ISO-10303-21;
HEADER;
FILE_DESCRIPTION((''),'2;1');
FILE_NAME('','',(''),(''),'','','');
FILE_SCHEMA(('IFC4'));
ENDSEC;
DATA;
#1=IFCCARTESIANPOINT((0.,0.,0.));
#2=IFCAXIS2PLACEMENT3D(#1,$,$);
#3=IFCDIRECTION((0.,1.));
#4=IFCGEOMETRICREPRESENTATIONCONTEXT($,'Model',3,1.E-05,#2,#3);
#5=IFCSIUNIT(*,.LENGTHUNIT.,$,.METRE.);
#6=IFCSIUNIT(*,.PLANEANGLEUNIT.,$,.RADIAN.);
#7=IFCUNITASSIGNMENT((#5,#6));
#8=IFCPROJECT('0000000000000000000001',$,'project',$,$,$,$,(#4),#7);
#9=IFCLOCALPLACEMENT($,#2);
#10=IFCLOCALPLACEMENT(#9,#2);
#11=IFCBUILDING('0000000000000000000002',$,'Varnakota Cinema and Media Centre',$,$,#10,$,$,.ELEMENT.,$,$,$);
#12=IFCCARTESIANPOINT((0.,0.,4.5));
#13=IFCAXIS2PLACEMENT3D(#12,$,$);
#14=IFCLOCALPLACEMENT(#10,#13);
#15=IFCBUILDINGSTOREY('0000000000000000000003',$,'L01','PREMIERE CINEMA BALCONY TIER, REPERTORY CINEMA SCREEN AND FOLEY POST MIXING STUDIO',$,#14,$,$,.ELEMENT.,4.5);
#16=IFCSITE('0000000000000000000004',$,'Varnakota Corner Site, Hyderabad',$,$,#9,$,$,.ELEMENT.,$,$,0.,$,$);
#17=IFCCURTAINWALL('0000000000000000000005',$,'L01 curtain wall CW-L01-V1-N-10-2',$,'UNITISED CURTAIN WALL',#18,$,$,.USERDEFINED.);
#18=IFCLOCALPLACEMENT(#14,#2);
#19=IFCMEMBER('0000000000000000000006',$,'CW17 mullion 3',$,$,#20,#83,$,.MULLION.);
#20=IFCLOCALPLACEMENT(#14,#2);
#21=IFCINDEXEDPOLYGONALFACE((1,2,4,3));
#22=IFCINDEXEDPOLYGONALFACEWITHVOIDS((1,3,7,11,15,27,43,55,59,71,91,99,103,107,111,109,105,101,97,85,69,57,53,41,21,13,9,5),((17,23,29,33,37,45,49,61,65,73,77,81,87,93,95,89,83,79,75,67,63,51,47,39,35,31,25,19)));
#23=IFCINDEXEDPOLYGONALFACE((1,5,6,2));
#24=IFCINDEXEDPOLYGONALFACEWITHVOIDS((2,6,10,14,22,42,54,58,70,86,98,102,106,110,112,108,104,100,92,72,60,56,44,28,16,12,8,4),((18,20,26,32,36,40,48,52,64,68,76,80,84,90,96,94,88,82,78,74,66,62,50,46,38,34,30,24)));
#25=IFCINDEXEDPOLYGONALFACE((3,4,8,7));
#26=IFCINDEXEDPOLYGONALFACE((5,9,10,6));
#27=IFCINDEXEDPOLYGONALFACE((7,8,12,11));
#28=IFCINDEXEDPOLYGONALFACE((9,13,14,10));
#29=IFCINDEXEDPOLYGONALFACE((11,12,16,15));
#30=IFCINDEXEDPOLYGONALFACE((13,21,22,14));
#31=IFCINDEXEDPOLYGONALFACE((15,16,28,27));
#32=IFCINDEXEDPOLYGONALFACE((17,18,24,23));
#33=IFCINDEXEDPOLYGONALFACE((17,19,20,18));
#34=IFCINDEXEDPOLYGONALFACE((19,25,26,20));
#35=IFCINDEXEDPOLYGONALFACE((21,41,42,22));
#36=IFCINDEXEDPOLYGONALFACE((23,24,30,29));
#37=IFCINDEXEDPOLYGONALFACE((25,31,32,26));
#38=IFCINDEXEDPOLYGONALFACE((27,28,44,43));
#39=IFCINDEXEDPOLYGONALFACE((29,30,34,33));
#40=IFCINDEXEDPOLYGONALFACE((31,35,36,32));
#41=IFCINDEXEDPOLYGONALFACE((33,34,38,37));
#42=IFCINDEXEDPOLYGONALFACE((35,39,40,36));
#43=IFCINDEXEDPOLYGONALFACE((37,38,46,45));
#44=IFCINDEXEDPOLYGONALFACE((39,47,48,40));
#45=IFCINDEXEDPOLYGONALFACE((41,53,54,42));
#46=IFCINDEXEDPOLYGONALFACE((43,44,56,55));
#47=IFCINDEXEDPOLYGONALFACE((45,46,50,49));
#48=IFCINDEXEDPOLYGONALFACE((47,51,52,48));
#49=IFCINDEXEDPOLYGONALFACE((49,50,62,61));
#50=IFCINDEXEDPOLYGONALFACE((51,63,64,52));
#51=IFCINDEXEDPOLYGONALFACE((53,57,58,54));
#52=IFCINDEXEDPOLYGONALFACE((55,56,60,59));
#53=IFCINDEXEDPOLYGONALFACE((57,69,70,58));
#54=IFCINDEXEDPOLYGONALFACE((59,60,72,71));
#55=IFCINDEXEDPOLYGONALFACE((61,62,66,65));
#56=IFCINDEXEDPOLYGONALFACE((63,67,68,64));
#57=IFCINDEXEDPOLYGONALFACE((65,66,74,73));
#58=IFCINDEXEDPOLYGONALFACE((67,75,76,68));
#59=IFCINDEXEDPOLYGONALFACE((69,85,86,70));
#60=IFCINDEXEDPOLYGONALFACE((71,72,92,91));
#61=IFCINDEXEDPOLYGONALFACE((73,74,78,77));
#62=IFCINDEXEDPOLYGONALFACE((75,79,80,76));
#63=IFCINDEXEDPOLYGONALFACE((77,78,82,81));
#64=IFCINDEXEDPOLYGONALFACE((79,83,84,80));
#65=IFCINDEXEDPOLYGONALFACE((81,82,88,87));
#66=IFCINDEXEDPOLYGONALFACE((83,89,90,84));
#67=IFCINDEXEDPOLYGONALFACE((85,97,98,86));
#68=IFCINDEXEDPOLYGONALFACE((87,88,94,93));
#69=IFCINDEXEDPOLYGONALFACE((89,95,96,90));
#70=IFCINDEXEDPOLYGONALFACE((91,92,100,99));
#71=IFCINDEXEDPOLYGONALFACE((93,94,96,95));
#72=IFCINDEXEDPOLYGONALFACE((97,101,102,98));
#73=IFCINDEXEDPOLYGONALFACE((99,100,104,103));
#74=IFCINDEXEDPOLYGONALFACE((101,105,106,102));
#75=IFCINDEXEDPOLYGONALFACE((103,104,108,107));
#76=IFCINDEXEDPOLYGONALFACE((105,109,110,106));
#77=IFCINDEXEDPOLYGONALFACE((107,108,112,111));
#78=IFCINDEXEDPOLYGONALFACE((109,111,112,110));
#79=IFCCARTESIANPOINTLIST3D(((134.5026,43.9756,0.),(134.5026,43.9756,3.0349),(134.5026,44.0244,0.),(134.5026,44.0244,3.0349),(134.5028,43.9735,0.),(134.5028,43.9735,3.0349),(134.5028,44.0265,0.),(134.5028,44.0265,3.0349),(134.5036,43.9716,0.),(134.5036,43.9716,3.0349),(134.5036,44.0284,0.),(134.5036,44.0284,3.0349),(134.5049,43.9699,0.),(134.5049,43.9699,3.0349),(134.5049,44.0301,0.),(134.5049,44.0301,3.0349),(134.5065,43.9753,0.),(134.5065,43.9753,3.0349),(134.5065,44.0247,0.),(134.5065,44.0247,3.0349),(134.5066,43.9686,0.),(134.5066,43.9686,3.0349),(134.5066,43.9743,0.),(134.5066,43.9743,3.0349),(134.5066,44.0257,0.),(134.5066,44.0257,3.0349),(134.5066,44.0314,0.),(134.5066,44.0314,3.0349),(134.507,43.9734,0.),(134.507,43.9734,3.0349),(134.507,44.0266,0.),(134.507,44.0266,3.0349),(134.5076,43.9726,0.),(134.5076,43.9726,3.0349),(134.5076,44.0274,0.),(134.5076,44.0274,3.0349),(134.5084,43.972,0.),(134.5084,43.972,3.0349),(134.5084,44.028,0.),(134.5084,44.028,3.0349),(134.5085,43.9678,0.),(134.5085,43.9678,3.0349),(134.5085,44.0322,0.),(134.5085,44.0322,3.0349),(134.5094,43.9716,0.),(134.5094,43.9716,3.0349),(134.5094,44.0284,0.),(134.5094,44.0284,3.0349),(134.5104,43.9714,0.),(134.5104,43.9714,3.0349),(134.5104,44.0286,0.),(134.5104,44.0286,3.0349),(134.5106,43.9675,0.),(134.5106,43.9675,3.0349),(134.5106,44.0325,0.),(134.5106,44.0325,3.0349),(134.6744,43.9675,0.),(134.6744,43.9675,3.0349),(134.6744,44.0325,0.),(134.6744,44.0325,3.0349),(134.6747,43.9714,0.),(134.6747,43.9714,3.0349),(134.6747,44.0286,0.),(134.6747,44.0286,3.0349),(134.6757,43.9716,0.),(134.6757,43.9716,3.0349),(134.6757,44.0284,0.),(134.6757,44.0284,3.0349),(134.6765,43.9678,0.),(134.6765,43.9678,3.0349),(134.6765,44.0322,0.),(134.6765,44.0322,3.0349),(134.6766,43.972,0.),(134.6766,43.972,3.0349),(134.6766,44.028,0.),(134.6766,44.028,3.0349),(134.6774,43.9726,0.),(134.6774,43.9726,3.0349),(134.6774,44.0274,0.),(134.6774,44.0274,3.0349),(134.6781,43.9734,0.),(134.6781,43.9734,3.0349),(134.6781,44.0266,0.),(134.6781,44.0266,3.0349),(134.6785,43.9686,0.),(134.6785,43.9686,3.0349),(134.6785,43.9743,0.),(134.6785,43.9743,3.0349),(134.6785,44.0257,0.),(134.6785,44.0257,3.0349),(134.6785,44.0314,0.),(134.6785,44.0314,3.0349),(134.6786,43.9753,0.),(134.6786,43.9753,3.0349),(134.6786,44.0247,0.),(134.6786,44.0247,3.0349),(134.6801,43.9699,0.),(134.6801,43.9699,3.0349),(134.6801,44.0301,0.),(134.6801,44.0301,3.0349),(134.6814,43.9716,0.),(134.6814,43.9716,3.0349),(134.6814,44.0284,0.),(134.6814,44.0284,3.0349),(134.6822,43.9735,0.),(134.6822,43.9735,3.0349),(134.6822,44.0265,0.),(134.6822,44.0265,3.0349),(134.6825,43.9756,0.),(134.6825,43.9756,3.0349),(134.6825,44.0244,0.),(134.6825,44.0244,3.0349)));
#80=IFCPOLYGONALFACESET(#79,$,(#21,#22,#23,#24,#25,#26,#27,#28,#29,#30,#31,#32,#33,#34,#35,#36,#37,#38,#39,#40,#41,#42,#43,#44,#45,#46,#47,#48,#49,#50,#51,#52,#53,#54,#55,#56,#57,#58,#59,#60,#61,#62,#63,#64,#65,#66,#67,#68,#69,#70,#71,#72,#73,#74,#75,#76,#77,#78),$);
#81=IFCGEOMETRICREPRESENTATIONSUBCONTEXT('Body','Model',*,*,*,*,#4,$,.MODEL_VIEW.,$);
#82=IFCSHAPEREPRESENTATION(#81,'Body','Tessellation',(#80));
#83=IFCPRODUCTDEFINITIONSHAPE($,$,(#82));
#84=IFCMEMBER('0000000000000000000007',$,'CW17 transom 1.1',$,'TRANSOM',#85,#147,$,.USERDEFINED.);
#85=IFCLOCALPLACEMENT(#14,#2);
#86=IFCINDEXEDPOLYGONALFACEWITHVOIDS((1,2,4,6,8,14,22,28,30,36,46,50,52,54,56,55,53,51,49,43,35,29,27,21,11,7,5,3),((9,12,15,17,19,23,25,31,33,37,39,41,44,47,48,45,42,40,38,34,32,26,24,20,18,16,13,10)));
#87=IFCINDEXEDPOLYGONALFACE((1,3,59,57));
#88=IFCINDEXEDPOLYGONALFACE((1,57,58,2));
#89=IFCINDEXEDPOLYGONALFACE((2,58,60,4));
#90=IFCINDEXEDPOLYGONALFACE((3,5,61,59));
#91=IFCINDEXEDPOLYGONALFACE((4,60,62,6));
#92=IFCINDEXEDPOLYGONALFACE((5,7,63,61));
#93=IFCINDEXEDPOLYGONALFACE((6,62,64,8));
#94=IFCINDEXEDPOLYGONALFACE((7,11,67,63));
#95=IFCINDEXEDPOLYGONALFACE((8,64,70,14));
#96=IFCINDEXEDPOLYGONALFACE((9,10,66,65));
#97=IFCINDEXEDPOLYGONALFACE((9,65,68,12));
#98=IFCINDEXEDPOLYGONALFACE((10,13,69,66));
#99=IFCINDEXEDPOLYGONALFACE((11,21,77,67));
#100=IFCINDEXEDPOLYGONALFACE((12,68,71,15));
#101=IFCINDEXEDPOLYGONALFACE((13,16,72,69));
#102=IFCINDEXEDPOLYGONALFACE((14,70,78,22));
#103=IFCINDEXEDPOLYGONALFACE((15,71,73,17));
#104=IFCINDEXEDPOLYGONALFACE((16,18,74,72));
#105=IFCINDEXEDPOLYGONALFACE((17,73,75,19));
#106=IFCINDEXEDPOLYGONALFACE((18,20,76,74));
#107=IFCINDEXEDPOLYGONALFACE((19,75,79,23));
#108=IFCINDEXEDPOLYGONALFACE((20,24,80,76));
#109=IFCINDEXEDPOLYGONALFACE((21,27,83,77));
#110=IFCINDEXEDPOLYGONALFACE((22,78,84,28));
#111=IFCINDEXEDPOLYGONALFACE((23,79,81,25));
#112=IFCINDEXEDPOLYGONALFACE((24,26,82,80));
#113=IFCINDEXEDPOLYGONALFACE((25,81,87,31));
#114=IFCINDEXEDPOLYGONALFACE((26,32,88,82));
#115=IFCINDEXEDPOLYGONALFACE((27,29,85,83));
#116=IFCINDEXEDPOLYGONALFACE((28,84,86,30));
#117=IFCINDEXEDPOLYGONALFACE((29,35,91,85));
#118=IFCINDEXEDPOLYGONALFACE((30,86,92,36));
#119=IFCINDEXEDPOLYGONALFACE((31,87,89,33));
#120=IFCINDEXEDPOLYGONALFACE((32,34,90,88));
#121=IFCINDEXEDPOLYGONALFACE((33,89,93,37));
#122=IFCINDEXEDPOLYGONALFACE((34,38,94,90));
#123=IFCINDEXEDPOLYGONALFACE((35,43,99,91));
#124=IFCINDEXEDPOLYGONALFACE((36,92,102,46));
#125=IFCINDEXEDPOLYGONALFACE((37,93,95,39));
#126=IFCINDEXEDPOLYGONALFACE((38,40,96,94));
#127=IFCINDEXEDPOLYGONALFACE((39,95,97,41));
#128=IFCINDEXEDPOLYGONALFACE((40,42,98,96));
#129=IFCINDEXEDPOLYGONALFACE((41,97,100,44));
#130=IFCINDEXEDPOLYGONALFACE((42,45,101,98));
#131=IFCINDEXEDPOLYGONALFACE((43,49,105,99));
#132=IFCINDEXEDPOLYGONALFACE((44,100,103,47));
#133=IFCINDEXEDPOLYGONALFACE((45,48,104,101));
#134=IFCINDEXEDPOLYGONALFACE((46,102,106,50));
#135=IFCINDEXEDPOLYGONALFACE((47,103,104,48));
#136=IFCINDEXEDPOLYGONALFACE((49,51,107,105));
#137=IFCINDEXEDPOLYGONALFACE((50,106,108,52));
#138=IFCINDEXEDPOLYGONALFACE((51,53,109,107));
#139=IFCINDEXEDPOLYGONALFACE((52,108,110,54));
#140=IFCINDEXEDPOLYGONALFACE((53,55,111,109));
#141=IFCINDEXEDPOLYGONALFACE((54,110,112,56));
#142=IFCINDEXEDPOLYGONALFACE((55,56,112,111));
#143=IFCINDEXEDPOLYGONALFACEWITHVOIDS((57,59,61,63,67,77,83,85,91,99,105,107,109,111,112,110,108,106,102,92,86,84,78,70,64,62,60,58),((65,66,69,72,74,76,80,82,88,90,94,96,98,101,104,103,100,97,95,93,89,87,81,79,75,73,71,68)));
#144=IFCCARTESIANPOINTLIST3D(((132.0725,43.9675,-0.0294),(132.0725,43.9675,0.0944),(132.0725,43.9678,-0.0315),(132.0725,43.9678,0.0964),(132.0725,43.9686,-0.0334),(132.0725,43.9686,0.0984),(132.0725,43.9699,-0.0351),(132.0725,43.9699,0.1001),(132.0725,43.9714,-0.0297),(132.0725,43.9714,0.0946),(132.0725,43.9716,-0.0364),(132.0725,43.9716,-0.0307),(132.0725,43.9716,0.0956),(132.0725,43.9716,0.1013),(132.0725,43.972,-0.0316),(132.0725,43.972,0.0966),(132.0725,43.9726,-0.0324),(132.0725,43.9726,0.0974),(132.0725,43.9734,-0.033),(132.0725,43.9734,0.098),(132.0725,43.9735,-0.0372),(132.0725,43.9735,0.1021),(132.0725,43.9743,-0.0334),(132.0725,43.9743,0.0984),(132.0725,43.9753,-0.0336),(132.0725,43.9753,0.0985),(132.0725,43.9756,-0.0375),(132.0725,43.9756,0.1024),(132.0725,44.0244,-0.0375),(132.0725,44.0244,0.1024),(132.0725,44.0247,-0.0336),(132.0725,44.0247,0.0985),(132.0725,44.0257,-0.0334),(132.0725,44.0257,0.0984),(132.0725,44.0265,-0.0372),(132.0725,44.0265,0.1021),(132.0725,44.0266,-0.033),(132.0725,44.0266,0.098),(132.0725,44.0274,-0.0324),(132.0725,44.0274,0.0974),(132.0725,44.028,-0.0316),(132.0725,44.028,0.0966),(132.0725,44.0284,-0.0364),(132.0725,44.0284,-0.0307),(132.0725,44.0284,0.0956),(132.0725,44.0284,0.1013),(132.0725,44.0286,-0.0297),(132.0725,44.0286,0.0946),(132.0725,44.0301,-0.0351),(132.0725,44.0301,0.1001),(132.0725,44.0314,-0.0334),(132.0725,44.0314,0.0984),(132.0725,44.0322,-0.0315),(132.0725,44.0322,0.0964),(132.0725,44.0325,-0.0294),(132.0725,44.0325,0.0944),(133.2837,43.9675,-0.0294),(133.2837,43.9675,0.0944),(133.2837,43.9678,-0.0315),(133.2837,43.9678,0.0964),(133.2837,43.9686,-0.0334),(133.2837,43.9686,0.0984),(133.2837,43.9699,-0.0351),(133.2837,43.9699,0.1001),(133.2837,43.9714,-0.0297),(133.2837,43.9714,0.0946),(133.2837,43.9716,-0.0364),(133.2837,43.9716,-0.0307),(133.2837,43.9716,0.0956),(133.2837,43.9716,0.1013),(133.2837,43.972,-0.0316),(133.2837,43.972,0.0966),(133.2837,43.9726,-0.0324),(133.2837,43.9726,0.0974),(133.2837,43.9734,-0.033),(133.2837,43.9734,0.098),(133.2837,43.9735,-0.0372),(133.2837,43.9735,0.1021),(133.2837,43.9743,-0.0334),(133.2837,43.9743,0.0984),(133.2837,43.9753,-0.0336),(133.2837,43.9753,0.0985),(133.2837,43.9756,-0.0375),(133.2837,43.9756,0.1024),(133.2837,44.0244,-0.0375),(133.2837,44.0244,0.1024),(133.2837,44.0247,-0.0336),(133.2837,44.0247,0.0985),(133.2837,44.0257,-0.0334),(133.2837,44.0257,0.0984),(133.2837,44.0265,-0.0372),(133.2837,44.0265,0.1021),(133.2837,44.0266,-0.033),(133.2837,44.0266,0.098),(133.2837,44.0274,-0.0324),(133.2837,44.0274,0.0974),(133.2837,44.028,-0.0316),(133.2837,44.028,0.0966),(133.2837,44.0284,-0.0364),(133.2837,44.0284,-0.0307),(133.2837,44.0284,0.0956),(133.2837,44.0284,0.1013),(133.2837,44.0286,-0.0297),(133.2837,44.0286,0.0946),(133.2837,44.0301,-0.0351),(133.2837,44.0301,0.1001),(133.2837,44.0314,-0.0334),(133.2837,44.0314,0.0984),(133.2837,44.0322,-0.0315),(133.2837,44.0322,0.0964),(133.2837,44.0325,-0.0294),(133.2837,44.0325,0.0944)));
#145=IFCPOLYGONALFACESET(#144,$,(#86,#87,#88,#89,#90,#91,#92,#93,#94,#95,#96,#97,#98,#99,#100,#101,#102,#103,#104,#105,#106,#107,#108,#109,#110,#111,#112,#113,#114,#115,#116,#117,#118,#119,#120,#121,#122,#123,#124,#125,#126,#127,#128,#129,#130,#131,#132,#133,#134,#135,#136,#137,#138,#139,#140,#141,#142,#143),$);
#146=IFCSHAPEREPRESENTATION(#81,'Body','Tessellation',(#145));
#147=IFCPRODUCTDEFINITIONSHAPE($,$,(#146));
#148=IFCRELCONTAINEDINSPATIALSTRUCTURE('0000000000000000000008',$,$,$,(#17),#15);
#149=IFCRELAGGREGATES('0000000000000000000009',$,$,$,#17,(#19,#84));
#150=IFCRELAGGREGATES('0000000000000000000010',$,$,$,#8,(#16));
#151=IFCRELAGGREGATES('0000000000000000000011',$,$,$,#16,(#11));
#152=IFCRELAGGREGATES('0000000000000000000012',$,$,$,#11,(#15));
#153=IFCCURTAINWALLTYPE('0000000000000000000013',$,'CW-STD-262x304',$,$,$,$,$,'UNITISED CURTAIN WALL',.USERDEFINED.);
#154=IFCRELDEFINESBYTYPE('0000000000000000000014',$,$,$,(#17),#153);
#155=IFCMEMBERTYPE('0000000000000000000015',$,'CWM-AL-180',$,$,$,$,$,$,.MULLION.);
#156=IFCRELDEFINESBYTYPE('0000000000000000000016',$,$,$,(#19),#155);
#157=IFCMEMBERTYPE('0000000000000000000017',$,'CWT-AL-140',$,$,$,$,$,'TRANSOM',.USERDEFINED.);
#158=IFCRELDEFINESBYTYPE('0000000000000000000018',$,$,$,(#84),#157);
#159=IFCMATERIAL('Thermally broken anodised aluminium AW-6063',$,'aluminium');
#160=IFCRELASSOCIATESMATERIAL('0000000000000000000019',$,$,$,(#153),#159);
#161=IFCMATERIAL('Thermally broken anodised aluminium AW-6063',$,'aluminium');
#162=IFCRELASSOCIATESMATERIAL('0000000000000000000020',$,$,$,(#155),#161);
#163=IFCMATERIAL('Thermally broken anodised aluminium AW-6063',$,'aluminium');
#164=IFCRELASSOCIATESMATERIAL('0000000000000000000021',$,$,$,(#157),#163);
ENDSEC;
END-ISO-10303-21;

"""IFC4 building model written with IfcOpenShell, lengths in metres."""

from ifc_helpers import new_model, si_unit, direction, frame, origin, origin_2d, place, context, subcontext, project, spatial, hollow_rectangle, extrude, material, material_profile, profile_set, type_object, element, aggregate, save


model = new_model("IFC4")

# Units and contexts
model_context = context("Model", 3, precision=1e-05, world=origin(), true_north=direction((0.0, 1.0)))
body_context = subcontext(model_context, "Body", "Model", "MODEL_VIEW")
ifc_project = project(units=[si_unit("LENGTHUNIT", "METRE"), si_unit("PLANEANGLEUNIT", "RADIAN")], contexts=[model_context])

# Site, building, storey
site_placement = place(None, origin())
site = spatial("IfcSite", under=ifc_project, at=site_placement, Name="Varnakota Corner Site, Hyderabad", CompositionType="ELEMENT", RefElevation=0.0)
building_placement = place(site_placement, origin())
building = spatial("IfcBuilding", under=site, at=building_placement, Name="Varnakota Cinema and Media Centre", CompositionType="ELEMENT")
storey_placement = place(building_placement, frame((0.0, 0.0, 4.5)))
storey = spatial("IfcBuildingStorey", under=building, at=storey_placement, Name="L01", Description="PREMIERE CINEMA BALCONY TIER, REPERTORY CINEMA SCREEN AND FOLEY POST MIXING STUDIO", CompositionType="ELEMENT", Elevation=4.5)

# Shared definitions
ifc_material_1 = material(Name="Thermally broken anodised aluminium AW-6063", Category="aluminium")
curtain_wall_type = type_object("IfcCurtainWallType", Name="CW-STD-262x304", ElementType="UNITISED CURTAIN WALL", PredefinedType="USERDEFINED", material=ifc_material_1)
ifc_material_2 = material(Name="Thermally broken anodised aluminium AW-6063", Category="aluminium")
ifc_material_profile_1 = material_profile(ifc_material_2, hollow_rectangle(XDim=0.0649, YDim=0.1799, WallThickness=0.0039, InnerFilletRadius=0.0039, OuterFilletRadius=0.0081, at=origin_2d()), Name="AL-MULLION 180x65x4")
ifc_profile_set_1 = profile_set([ifc_material_profile_1], Name="Thermally broken anodised aluminium AW-6063")
member_type_1 = type_object("IfcMemberType", Name="CWM-AL-180", PredefinedType="MULLION", material=ifc_profile_set_1)

# Curtain wall, members
curtain_wall_1_placement = place(storey_placement, origin())
curtain_wall_1 = element("IfcCurtainWall", 1, at=curtain_wall_1_placement, inside=storey, type_object=curtain_wall_type, Name="L01 curtain wall CW-L01-V1-N-10-2", ObjectType="UNITISED CURTAIN WALL", PredefinedType="USERDEFINED")
member_1_placement = place(storey_placement, frame((134.5925, 44.0, 0.0), z_axis=(0.0, 0.0, 1.0), x_axis=(0.0, 1.0, 0.0)))
member_1 = element("IfcMember", 2, at=member_1_placement, type_object=member_type_1, Name="CW17 mullion 3", PredefinedType="MULLION", context=body_context, shape_type="SweptSolid", body=[
    extrude(hollow_rectangle(XDim=0.0649, YDim=0.1799, WallThickness=0.0039, InnerFilletRadius=0.0039, OuterFilletRadius=0.0081, at=origin_2d()), origin(), (0.0, 0.0, 1.0), 3.0349),
])
ifc_material_3 = material(Name="Thermally broken anodised aluminium AW-6063", Category="aluminium")
ifc_material_profile_2 = material_profile(ifc_material_3, hollow_rectangle(XDim=0.0649, YDim=0.1399, WallThickness=0.0039, InnerFilletRadius=0.0039, OuterFilletRadius=0.0081, at=origin_2d()), Name="AL-TRANSOM 140x65x4")
ifc_profile_set_2 = profile_set([ifc_material_profile_2], Name="Thermally broken anodised aluminium AW-6063")
member_type_2 = type_object("IfcMemberType", Name="CWT-AL-140", ElementType="TRANSOM", PredefinedType="USERDEFINED", material=ifc_profile_set_2)
member_2_placement = place(storey_placement, frame((132.0725, 44.0, 0.0325), z_axis=(1.0, 0.0, 0.0), x_axis=(0.0, 1.0, 0.0)))
member_2 = element("IfcMember", 3, at=member_2_placement, type_object=member_type_2, Name="CW17 transom 1.1", ObjectType="TRANSOM", PredefinedType="USERDEFINED", context=body_context, shape_type="SweptSolid", body=[
    extrude(hollow_rectangle(XDim=0.0649, YDim=0.1399, WallThickness=0.0039, InnerFilletRadius=0.0039, OuterFilletRadius=0.0081, at=origin_2d()), origin(), (0.0, 0.0, 1.0), 1.2112),
])

aggregate(curtain_wall_1, [member_1, member_2])

save(model, "model.ifc")
